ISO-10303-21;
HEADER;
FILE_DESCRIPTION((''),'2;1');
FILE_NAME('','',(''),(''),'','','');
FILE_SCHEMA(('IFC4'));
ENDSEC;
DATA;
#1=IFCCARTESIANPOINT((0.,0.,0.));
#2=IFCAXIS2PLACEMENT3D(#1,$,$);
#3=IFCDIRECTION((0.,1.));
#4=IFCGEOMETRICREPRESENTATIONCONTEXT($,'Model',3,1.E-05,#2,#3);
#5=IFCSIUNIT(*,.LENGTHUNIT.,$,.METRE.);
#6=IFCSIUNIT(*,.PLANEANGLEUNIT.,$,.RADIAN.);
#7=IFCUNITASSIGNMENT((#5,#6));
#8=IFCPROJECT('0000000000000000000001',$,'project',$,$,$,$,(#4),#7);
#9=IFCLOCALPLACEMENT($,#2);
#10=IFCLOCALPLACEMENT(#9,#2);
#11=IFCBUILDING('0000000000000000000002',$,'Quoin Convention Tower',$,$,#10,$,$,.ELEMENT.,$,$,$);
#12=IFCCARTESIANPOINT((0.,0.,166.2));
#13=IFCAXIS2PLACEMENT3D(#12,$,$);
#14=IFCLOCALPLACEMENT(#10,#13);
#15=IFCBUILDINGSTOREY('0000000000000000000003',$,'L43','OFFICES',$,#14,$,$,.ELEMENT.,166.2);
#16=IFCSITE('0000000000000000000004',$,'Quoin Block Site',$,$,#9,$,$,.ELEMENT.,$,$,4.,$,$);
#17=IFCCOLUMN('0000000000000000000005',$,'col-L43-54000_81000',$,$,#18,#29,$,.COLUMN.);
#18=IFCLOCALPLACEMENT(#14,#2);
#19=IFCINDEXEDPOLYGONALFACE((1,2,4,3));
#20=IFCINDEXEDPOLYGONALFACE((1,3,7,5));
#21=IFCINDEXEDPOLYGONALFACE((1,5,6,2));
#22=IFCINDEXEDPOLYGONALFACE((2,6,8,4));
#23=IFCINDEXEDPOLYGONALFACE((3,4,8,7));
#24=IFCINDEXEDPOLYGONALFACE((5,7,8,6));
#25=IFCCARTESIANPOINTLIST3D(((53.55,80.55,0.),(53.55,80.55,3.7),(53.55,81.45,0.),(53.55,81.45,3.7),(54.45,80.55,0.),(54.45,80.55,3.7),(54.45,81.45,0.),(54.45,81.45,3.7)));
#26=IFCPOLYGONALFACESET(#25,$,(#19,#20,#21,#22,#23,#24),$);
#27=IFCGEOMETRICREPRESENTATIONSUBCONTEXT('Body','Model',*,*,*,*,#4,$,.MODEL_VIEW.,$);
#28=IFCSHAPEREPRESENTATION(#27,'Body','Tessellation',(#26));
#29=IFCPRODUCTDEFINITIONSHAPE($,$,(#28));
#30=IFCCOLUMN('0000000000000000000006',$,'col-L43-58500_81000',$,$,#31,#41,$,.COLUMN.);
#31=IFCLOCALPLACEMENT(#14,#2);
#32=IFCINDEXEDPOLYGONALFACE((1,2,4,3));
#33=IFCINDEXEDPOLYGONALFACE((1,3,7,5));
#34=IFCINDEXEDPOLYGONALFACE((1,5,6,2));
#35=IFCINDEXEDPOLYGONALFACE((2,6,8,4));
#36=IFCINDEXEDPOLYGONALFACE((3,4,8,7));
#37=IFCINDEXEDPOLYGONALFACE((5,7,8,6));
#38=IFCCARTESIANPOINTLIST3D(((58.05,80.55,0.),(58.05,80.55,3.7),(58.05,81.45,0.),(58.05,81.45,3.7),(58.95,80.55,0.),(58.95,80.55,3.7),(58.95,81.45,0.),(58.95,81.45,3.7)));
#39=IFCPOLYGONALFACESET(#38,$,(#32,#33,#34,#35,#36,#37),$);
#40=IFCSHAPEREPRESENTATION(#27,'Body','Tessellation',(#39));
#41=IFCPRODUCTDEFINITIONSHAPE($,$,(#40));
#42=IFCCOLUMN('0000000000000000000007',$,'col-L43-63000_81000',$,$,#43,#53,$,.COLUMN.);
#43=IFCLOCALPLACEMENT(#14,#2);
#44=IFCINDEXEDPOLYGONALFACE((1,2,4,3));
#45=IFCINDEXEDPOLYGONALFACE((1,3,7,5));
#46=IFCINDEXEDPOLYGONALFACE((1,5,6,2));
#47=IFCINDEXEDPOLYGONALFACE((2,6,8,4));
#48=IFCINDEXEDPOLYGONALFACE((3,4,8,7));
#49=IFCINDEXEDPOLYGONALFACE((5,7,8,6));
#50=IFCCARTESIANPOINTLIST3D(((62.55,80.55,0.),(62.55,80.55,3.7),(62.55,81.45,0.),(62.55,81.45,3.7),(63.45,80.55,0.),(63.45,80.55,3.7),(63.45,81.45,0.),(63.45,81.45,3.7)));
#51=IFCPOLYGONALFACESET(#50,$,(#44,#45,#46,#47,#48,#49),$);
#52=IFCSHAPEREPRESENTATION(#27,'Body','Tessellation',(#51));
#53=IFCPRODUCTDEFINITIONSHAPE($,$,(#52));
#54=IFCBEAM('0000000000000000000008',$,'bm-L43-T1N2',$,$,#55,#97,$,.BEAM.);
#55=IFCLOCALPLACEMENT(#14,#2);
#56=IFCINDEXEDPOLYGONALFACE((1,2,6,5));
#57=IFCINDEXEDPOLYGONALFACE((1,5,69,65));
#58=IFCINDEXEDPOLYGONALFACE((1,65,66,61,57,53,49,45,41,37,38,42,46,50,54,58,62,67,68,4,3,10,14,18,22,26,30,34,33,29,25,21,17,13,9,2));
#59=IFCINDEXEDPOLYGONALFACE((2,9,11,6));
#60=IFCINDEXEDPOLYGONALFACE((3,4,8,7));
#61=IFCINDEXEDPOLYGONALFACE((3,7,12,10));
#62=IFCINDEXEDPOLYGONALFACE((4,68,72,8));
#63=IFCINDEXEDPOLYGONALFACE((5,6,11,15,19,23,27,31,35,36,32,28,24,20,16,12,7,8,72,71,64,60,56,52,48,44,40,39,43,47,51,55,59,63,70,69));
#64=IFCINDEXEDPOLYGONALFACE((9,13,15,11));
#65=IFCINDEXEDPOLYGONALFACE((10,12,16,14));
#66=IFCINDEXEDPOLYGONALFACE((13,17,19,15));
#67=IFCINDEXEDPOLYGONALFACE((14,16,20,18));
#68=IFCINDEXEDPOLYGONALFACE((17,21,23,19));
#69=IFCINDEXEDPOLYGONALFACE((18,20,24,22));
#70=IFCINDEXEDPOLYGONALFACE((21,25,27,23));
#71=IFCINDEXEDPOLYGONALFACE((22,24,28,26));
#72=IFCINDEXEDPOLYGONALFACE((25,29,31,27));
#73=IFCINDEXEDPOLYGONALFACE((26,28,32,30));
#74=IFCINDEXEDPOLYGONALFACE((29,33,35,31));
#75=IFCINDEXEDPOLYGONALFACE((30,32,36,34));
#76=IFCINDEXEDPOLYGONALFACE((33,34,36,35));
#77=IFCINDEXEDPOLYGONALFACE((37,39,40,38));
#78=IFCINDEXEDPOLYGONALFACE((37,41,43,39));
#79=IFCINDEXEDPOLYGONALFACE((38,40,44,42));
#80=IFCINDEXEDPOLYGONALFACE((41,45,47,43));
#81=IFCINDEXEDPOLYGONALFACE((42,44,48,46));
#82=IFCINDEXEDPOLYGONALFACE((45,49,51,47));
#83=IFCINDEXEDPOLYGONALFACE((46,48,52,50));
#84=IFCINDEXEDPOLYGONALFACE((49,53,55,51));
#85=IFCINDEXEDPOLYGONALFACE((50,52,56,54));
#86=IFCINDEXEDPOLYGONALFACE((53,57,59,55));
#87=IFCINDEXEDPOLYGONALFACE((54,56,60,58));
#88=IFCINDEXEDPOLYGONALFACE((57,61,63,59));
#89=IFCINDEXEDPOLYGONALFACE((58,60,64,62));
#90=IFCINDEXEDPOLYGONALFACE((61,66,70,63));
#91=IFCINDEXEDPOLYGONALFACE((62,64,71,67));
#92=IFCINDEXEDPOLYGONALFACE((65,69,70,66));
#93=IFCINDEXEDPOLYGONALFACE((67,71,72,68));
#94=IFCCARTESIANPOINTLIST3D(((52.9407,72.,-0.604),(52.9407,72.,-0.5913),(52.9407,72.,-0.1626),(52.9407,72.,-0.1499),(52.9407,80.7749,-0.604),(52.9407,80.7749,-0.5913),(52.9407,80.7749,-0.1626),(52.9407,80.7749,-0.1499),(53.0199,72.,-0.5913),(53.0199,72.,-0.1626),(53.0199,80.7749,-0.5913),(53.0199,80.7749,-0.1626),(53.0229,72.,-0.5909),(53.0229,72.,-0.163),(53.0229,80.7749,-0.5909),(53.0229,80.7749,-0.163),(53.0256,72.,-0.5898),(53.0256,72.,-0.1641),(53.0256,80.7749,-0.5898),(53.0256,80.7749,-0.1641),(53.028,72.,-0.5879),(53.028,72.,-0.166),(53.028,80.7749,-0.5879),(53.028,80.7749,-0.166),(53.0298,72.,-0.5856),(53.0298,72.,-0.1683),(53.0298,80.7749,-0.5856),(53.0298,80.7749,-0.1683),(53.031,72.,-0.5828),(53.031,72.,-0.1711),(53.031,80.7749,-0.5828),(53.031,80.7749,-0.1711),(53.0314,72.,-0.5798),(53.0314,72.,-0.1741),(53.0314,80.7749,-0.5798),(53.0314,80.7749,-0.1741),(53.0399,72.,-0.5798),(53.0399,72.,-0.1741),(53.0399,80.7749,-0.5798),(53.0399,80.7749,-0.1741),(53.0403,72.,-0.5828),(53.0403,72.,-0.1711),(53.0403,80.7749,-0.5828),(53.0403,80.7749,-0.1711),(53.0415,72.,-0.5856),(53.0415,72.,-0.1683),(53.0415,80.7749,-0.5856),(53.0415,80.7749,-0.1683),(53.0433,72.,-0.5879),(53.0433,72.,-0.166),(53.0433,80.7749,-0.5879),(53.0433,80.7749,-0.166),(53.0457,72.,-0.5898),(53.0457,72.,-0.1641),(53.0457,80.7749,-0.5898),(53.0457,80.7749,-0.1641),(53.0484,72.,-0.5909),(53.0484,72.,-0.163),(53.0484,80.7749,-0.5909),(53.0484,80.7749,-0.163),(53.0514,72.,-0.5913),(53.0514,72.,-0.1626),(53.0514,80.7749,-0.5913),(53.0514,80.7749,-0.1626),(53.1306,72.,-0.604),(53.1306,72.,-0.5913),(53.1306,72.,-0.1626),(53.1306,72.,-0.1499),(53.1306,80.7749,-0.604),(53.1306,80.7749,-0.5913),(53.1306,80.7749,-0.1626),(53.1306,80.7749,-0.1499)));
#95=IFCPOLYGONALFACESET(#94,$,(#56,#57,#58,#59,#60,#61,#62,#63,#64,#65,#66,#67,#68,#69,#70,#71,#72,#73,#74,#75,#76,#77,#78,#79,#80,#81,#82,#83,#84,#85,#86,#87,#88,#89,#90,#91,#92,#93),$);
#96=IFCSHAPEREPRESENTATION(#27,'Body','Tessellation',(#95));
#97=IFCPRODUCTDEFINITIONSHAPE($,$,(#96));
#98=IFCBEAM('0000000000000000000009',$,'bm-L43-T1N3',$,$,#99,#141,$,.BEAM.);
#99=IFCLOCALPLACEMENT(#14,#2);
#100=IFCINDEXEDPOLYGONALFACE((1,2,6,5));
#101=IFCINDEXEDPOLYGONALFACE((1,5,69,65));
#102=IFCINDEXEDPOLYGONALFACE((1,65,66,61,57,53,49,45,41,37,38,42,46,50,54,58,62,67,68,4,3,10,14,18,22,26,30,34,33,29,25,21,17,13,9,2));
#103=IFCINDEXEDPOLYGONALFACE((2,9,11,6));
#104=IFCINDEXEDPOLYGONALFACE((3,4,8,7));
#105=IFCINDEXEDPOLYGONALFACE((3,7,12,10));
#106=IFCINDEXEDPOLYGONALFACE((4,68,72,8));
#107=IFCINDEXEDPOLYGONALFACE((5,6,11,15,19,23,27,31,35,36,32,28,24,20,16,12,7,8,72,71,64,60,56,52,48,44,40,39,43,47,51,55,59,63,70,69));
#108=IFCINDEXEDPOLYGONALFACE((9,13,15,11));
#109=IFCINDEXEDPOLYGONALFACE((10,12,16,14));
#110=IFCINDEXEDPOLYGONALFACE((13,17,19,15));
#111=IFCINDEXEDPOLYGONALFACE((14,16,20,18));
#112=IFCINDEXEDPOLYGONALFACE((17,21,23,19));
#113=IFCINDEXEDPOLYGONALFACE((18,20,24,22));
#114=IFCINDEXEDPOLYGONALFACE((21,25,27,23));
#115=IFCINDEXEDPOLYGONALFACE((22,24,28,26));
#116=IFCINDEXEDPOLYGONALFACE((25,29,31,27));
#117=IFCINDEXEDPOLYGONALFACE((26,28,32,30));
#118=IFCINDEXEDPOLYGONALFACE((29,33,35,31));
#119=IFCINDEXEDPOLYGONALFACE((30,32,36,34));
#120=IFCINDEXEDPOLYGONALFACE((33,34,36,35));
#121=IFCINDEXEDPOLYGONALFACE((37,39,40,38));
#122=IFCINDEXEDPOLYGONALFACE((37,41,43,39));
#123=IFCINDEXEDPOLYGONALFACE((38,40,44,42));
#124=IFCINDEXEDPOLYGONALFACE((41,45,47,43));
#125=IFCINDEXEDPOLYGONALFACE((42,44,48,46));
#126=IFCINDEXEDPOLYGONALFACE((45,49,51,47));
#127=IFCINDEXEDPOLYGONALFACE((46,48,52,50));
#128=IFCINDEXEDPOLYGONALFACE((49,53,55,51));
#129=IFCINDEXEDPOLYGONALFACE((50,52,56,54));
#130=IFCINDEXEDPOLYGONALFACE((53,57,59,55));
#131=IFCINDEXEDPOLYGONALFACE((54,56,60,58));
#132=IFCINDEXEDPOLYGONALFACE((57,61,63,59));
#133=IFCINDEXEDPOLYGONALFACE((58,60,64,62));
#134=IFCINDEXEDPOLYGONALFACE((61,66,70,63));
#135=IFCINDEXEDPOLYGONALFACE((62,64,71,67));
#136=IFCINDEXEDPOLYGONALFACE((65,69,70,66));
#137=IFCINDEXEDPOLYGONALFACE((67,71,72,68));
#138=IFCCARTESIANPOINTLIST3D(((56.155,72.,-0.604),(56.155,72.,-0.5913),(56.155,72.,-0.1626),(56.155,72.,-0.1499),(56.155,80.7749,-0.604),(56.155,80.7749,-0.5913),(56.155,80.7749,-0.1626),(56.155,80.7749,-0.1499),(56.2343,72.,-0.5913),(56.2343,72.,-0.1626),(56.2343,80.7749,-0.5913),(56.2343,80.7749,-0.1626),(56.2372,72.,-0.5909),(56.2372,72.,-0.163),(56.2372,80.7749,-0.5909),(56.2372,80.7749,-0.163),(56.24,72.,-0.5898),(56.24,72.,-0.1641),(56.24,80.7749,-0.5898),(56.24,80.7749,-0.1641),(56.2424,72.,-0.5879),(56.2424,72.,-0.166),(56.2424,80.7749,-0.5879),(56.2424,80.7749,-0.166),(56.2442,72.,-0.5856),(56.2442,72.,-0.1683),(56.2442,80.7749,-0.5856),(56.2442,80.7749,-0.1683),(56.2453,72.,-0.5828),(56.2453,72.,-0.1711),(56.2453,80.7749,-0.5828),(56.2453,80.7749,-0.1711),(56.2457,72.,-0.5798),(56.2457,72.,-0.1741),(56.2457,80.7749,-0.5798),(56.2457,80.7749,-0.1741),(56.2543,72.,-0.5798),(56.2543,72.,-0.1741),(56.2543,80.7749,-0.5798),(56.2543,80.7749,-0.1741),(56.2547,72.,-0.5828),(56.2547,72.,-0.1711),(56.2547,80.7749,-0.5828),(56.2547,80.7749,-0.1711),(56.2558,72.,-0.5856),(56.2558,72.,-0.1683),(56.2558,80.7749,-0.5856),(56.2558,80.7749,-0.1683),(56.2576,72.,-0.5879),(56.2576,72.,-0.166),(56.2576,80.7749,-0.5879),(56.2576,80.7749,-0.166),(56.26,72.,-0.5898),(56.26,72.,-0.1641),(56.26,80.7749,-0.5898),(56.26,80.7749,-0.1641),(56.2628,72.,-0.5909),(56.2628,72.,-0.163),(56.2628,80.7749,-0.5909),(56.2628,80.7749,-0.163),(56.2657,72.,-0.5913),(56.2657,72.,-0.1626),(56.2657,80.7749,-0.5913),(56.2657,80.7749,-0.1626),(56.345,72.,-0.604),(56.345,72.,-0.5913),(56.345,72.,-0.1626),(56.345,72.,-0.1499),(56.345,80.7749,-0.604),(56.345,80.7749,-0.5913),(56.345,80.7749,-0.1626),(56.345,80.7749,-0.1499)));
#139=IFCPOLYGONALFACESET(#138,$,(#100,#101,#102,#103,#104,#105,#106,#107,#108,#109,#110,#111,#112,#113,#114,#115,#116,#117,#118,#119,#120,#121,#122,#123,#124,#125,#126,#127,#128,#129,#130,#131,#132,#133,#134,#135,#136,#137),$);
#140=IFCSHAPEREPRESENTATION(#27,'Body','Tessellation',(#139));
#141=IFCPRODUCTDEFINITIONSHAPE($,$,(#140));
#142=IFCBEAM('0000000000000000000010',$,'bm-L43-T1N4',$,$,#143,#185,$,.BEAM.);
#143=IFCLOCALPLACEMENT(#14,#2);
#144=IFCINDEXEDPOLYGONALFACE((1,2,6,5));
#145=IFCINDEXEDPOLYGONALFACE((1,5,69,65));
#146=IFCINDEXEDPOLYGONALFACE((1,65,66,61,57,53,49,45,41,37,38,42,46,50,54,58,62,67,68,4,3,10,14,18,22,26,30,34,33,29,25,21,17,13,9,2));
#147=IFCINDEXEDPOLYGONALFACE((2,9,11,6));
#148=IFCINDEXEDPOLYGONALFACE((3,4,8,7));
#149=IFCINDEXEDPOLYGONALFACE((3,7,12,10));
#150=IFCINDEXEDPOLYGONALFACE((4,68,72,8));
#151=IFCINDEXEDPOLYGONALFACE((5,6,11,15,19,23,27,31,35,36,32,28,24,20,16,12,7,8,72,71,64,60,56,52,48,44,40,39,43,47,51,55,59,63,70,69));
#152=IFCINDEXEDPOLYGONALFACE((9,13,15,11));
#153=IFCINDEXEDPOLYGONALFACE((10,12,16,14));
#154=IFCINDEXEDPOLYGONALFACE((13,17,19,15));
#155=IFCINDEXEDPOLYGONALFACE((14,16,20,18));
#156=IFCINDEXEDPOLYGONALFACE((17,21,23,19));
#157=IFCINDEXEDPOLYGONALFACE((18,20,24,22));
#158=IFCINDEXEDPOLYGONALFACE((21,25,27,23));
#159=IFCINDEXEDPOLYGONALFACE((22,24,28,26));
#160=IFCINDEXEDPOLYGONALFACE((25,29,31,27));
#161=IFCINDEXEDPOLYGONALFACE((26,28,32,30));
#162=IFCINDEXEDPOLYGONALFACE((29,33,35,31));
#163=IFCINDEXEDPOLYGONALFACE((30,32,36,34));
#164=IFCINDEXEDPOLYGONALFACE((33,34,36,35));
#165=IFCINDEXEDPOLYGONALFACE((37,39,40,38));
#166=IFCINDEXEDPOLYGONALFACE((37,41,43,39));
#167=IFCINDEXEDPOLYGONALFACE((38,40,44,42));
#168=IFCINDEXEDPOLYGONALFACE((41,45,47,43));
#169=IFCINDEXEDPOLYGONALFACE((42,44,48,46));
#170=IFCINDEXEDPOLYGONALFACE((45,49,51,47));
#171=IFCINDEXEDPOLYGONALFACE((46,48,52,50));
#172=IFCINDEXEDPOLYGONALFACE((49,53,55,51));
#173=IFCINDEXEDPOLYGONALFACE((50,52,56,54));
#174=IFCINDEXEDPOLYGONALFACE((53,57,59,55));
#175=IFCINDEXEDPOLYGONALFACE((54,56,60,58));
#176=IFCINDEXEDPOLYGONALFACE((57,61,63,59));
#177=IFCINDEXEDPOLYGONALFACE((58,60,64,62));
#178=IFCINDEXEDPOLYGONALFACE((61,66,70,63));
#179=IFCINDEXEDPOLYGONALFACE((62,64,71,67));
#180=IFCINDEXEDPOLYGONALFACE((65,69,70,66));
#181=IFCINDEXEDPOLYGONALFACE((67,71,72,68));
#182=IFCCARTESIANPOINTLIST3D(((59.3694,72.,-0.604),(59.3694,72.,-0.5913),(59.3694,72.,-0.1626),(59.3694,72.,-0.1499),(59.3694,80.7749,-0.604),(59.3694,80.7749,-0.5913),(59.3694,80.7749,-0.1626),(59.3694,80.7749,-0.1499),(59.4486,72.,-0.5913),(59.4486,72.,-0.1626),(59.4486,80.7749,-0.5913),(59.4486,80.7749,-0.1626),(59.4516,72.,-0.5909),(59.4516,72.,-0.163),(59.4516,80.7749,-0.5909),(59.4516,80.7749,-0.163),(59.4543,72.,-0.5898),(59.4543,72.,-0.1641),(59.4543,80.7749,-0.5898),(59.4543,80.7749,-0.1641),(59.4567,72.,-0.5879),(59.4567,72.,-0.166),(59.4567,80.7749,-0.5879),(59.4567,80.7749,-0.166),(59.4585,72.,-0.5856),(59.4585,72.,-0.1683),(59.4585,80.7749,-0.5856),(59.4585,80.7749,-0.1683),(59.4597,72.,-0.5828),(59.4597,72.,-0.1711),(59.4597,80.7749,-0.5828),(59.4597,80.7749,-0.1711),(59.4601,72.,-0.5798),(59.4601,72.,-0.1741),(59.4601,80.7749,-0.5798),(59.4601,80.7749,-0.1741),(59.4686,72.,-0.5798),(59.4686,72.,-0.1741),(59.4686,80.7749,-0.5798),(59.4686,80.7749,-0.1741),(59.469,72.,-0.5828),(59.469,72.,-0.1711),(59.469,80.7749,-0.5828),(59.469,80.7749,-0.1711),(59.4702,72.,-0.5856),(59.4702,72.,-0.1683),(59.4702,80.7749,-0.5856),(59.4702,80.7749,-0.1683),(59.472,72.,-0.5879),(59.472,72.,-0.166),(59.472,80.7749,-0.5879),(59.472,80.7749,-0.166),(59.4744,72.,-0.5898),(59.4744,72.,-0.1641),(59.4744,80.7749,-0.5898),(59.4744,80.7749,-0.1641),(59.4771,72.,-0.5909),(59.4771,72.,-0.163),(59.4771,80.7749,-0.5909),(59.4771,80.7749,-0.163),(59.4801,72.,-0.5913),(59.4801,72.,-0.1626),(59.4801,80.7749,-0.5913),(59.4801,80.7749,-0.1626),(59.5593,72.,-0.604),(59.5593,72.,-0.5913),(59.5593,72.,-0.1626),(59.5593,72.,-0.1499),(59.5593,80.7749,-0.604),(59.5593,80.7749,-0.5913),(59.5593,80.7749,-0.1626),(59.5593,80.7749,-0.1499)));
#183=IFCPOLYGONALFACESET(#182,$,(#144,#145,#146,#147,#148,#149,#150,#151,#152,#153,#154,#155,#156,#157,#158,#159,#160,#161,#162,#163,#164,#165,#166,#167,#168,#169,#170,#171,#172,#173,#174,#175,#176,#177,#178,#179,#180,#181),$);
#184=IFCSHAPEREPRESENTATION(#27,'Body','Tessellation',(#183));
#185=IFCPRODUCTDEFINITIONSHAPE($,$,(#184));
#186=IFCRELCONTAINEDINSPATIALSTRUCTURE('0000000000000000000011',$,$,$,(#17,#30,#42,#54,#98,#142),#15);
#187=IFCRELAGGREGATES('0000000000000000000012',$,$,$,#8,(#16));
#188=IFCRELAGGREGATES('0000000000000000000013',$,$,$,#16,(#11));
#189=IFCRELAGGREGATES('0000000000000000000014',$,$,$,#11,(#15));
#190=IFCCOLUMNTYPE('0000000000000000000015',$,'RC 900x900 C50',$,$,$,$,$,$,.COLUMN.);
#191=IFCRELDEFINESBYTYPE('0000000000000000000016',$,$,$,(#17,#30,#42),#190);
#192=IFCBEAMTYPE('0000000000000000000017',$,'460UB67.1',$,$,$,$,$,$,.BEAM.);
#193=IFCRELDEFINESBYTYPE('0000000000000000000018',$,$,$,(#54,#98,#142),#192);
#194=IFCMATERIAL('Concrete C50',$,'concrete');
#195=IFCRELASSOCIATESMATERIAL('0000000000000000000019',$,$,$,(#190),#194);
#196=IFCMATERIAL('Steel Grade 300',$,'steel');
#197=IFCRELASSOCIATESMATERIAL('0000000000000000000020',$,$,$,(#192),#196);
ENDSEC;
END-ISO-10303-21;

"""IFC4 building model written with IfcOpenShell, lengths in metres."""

from ifc_helpers import new_model, si_unit, direction, frame, origin, origin_2d, place, context, subcontext, project, spatial, rectangle, i_section, extrude, material, material_profile, profile_set, type_object, element, save


model = new_model("IFC4")

# Units and contexts
model_context = context("Model", 3, precision=1e-05, world=origin(), true_north=direction((0.0, 1.0)))
body_context = subcontext(model_context, "Body", "Model", "MODEL_VIEW")
ifc_project = project(units=[si_unit("LENGTHUNIT", "METRE"), si_unit("PLANEANGLEUNIT", "RADIAN")], contexts=[model_context])

# Site, building, storey
site_placement = place(None, origin())
site = spatial("IfcSite", under=ifc_project, at=site_placement, Name="Quoin Block Site", CompositionType="ELEMENT", RefElevation=4.0)
building_placement = place(site_placement, origin())
building = spatial("IfcBuilding", under=site, at=building_placement, Name="Quoin Convention Tower", CompositionType="ELEMENT")
storey_placement = place(building_placement, frame((0.0, 0.0, 166.2)))
storey = spatial("IfcBuildingStorey", under=building, at=storey_placement, Name="L43", Description="OFFICES", CompositionType="ELEMENT", Elevation=166.2)

# Columns
ifc_material_1 = material(Name="Concrete C50", Category="concrete")
ifc_material_profile_1 = material_profile(ifc_material_1, rectangle(XDim=0.8999, YDim=0.8999, at=origin_2d()), Name="RC 900x900")
ifc_profile_set_1 = profile_set([ifc_material_profile_1], Name="Concrete C50")
column_type = type_object("IfcColumnType", Name="RC 900x900 C50", PredefinedType="COLUMN", material=ifc_profile_set_1)
for number, where, z_axis, x_axis, name in (
    (1, (54.0, 81.0, 0.0), (0.0, 0.0, 1.0), (1.0, 0.0, 0.0), "col-L43-54000_81000"),
    (2, (58.5, 81.0, 0.0), (0.0, 0.0, 1.0), (1.0, 0.0, 0.0), "col-L43-58500_81000"),
    (3, (63.0, 81.0, 0.0), (0.0, 0.0, 1.0), (1.0, 0.0, 0.0), "col-L43-63000_81000"),
):
    element("IfcColumn", number, at=place(storey_placement, frame(where, z_axis=z_axis, x_axis=x_axis)), inside=storey, type_object=column_type, Name=name, PredefinedType="COLUMN", context=body_context, shape_type="SweptSolid", body=[
        extrude(rectangle(XDim=0.8999, YDim=0.8999, at=origin_2d()), origin(), (0.0, 0.0, 1.0), 3.7),
    ])

# Beams
ifc_material_2 = material(Name="Steel Grade 300", Category="steel")
ifc_material_profile_2 = material_profile(ifc_material_2, i_section(OverallWidth=0.1899, OverallDepth=0.4541, WebThickness=0.0085, FlangeThickness=0.0127, FilletRadius=0.0115, at=origin_2d()), Name="460UB67.1")
ifc_profile_set_2 = profile_set([ifc_material_profile_2], Name="Steel Grade 300")
beam_type_1 = type_object("IfcBeamType", Name="460UB67.1", PredefinedType="BEAM", material=ifc_profile_set_2)
for number, where, z_axis, x_axis, name in (
    (4, (53.0356, 72.0, -0.377), (0.0, 1.0, 0.0), (-1.0, 0.0, 0.0), "bm-L43-T1N2"),
    (5, (56.25, 72.0, -0.377), (0.0, 1.0, 0.0), (-1.0, 0.0, 0.0), "bm-L43-T1N3"),
    (6, (59.4644, 72.0, -0.377), (0.0, 1.0, 0.0), (-1.0, 0.0, 0.0), "bm-L43-T1N4"),
):
    element("IfcBeam", number, at=place(storey_placement, frame(where, z_axis=z_axis, x_axis=x_axis)), inside=storey, type_object=beam_type_1, Name=name, PredefinedType="BEAM", context=body_context, shape_type="SweptSolid", body=[
        extrude(i_section(OverallWidth=0.1899, OverallDepth=0.4541, WebThickness=0.0085, FlangeThickness=0.0127, FilletRadius=0.0115, at=origin_2d()), origin(), (0.0, 0.0, 1.0), 8.7749),
    ])

save(model, "model.ifc")
